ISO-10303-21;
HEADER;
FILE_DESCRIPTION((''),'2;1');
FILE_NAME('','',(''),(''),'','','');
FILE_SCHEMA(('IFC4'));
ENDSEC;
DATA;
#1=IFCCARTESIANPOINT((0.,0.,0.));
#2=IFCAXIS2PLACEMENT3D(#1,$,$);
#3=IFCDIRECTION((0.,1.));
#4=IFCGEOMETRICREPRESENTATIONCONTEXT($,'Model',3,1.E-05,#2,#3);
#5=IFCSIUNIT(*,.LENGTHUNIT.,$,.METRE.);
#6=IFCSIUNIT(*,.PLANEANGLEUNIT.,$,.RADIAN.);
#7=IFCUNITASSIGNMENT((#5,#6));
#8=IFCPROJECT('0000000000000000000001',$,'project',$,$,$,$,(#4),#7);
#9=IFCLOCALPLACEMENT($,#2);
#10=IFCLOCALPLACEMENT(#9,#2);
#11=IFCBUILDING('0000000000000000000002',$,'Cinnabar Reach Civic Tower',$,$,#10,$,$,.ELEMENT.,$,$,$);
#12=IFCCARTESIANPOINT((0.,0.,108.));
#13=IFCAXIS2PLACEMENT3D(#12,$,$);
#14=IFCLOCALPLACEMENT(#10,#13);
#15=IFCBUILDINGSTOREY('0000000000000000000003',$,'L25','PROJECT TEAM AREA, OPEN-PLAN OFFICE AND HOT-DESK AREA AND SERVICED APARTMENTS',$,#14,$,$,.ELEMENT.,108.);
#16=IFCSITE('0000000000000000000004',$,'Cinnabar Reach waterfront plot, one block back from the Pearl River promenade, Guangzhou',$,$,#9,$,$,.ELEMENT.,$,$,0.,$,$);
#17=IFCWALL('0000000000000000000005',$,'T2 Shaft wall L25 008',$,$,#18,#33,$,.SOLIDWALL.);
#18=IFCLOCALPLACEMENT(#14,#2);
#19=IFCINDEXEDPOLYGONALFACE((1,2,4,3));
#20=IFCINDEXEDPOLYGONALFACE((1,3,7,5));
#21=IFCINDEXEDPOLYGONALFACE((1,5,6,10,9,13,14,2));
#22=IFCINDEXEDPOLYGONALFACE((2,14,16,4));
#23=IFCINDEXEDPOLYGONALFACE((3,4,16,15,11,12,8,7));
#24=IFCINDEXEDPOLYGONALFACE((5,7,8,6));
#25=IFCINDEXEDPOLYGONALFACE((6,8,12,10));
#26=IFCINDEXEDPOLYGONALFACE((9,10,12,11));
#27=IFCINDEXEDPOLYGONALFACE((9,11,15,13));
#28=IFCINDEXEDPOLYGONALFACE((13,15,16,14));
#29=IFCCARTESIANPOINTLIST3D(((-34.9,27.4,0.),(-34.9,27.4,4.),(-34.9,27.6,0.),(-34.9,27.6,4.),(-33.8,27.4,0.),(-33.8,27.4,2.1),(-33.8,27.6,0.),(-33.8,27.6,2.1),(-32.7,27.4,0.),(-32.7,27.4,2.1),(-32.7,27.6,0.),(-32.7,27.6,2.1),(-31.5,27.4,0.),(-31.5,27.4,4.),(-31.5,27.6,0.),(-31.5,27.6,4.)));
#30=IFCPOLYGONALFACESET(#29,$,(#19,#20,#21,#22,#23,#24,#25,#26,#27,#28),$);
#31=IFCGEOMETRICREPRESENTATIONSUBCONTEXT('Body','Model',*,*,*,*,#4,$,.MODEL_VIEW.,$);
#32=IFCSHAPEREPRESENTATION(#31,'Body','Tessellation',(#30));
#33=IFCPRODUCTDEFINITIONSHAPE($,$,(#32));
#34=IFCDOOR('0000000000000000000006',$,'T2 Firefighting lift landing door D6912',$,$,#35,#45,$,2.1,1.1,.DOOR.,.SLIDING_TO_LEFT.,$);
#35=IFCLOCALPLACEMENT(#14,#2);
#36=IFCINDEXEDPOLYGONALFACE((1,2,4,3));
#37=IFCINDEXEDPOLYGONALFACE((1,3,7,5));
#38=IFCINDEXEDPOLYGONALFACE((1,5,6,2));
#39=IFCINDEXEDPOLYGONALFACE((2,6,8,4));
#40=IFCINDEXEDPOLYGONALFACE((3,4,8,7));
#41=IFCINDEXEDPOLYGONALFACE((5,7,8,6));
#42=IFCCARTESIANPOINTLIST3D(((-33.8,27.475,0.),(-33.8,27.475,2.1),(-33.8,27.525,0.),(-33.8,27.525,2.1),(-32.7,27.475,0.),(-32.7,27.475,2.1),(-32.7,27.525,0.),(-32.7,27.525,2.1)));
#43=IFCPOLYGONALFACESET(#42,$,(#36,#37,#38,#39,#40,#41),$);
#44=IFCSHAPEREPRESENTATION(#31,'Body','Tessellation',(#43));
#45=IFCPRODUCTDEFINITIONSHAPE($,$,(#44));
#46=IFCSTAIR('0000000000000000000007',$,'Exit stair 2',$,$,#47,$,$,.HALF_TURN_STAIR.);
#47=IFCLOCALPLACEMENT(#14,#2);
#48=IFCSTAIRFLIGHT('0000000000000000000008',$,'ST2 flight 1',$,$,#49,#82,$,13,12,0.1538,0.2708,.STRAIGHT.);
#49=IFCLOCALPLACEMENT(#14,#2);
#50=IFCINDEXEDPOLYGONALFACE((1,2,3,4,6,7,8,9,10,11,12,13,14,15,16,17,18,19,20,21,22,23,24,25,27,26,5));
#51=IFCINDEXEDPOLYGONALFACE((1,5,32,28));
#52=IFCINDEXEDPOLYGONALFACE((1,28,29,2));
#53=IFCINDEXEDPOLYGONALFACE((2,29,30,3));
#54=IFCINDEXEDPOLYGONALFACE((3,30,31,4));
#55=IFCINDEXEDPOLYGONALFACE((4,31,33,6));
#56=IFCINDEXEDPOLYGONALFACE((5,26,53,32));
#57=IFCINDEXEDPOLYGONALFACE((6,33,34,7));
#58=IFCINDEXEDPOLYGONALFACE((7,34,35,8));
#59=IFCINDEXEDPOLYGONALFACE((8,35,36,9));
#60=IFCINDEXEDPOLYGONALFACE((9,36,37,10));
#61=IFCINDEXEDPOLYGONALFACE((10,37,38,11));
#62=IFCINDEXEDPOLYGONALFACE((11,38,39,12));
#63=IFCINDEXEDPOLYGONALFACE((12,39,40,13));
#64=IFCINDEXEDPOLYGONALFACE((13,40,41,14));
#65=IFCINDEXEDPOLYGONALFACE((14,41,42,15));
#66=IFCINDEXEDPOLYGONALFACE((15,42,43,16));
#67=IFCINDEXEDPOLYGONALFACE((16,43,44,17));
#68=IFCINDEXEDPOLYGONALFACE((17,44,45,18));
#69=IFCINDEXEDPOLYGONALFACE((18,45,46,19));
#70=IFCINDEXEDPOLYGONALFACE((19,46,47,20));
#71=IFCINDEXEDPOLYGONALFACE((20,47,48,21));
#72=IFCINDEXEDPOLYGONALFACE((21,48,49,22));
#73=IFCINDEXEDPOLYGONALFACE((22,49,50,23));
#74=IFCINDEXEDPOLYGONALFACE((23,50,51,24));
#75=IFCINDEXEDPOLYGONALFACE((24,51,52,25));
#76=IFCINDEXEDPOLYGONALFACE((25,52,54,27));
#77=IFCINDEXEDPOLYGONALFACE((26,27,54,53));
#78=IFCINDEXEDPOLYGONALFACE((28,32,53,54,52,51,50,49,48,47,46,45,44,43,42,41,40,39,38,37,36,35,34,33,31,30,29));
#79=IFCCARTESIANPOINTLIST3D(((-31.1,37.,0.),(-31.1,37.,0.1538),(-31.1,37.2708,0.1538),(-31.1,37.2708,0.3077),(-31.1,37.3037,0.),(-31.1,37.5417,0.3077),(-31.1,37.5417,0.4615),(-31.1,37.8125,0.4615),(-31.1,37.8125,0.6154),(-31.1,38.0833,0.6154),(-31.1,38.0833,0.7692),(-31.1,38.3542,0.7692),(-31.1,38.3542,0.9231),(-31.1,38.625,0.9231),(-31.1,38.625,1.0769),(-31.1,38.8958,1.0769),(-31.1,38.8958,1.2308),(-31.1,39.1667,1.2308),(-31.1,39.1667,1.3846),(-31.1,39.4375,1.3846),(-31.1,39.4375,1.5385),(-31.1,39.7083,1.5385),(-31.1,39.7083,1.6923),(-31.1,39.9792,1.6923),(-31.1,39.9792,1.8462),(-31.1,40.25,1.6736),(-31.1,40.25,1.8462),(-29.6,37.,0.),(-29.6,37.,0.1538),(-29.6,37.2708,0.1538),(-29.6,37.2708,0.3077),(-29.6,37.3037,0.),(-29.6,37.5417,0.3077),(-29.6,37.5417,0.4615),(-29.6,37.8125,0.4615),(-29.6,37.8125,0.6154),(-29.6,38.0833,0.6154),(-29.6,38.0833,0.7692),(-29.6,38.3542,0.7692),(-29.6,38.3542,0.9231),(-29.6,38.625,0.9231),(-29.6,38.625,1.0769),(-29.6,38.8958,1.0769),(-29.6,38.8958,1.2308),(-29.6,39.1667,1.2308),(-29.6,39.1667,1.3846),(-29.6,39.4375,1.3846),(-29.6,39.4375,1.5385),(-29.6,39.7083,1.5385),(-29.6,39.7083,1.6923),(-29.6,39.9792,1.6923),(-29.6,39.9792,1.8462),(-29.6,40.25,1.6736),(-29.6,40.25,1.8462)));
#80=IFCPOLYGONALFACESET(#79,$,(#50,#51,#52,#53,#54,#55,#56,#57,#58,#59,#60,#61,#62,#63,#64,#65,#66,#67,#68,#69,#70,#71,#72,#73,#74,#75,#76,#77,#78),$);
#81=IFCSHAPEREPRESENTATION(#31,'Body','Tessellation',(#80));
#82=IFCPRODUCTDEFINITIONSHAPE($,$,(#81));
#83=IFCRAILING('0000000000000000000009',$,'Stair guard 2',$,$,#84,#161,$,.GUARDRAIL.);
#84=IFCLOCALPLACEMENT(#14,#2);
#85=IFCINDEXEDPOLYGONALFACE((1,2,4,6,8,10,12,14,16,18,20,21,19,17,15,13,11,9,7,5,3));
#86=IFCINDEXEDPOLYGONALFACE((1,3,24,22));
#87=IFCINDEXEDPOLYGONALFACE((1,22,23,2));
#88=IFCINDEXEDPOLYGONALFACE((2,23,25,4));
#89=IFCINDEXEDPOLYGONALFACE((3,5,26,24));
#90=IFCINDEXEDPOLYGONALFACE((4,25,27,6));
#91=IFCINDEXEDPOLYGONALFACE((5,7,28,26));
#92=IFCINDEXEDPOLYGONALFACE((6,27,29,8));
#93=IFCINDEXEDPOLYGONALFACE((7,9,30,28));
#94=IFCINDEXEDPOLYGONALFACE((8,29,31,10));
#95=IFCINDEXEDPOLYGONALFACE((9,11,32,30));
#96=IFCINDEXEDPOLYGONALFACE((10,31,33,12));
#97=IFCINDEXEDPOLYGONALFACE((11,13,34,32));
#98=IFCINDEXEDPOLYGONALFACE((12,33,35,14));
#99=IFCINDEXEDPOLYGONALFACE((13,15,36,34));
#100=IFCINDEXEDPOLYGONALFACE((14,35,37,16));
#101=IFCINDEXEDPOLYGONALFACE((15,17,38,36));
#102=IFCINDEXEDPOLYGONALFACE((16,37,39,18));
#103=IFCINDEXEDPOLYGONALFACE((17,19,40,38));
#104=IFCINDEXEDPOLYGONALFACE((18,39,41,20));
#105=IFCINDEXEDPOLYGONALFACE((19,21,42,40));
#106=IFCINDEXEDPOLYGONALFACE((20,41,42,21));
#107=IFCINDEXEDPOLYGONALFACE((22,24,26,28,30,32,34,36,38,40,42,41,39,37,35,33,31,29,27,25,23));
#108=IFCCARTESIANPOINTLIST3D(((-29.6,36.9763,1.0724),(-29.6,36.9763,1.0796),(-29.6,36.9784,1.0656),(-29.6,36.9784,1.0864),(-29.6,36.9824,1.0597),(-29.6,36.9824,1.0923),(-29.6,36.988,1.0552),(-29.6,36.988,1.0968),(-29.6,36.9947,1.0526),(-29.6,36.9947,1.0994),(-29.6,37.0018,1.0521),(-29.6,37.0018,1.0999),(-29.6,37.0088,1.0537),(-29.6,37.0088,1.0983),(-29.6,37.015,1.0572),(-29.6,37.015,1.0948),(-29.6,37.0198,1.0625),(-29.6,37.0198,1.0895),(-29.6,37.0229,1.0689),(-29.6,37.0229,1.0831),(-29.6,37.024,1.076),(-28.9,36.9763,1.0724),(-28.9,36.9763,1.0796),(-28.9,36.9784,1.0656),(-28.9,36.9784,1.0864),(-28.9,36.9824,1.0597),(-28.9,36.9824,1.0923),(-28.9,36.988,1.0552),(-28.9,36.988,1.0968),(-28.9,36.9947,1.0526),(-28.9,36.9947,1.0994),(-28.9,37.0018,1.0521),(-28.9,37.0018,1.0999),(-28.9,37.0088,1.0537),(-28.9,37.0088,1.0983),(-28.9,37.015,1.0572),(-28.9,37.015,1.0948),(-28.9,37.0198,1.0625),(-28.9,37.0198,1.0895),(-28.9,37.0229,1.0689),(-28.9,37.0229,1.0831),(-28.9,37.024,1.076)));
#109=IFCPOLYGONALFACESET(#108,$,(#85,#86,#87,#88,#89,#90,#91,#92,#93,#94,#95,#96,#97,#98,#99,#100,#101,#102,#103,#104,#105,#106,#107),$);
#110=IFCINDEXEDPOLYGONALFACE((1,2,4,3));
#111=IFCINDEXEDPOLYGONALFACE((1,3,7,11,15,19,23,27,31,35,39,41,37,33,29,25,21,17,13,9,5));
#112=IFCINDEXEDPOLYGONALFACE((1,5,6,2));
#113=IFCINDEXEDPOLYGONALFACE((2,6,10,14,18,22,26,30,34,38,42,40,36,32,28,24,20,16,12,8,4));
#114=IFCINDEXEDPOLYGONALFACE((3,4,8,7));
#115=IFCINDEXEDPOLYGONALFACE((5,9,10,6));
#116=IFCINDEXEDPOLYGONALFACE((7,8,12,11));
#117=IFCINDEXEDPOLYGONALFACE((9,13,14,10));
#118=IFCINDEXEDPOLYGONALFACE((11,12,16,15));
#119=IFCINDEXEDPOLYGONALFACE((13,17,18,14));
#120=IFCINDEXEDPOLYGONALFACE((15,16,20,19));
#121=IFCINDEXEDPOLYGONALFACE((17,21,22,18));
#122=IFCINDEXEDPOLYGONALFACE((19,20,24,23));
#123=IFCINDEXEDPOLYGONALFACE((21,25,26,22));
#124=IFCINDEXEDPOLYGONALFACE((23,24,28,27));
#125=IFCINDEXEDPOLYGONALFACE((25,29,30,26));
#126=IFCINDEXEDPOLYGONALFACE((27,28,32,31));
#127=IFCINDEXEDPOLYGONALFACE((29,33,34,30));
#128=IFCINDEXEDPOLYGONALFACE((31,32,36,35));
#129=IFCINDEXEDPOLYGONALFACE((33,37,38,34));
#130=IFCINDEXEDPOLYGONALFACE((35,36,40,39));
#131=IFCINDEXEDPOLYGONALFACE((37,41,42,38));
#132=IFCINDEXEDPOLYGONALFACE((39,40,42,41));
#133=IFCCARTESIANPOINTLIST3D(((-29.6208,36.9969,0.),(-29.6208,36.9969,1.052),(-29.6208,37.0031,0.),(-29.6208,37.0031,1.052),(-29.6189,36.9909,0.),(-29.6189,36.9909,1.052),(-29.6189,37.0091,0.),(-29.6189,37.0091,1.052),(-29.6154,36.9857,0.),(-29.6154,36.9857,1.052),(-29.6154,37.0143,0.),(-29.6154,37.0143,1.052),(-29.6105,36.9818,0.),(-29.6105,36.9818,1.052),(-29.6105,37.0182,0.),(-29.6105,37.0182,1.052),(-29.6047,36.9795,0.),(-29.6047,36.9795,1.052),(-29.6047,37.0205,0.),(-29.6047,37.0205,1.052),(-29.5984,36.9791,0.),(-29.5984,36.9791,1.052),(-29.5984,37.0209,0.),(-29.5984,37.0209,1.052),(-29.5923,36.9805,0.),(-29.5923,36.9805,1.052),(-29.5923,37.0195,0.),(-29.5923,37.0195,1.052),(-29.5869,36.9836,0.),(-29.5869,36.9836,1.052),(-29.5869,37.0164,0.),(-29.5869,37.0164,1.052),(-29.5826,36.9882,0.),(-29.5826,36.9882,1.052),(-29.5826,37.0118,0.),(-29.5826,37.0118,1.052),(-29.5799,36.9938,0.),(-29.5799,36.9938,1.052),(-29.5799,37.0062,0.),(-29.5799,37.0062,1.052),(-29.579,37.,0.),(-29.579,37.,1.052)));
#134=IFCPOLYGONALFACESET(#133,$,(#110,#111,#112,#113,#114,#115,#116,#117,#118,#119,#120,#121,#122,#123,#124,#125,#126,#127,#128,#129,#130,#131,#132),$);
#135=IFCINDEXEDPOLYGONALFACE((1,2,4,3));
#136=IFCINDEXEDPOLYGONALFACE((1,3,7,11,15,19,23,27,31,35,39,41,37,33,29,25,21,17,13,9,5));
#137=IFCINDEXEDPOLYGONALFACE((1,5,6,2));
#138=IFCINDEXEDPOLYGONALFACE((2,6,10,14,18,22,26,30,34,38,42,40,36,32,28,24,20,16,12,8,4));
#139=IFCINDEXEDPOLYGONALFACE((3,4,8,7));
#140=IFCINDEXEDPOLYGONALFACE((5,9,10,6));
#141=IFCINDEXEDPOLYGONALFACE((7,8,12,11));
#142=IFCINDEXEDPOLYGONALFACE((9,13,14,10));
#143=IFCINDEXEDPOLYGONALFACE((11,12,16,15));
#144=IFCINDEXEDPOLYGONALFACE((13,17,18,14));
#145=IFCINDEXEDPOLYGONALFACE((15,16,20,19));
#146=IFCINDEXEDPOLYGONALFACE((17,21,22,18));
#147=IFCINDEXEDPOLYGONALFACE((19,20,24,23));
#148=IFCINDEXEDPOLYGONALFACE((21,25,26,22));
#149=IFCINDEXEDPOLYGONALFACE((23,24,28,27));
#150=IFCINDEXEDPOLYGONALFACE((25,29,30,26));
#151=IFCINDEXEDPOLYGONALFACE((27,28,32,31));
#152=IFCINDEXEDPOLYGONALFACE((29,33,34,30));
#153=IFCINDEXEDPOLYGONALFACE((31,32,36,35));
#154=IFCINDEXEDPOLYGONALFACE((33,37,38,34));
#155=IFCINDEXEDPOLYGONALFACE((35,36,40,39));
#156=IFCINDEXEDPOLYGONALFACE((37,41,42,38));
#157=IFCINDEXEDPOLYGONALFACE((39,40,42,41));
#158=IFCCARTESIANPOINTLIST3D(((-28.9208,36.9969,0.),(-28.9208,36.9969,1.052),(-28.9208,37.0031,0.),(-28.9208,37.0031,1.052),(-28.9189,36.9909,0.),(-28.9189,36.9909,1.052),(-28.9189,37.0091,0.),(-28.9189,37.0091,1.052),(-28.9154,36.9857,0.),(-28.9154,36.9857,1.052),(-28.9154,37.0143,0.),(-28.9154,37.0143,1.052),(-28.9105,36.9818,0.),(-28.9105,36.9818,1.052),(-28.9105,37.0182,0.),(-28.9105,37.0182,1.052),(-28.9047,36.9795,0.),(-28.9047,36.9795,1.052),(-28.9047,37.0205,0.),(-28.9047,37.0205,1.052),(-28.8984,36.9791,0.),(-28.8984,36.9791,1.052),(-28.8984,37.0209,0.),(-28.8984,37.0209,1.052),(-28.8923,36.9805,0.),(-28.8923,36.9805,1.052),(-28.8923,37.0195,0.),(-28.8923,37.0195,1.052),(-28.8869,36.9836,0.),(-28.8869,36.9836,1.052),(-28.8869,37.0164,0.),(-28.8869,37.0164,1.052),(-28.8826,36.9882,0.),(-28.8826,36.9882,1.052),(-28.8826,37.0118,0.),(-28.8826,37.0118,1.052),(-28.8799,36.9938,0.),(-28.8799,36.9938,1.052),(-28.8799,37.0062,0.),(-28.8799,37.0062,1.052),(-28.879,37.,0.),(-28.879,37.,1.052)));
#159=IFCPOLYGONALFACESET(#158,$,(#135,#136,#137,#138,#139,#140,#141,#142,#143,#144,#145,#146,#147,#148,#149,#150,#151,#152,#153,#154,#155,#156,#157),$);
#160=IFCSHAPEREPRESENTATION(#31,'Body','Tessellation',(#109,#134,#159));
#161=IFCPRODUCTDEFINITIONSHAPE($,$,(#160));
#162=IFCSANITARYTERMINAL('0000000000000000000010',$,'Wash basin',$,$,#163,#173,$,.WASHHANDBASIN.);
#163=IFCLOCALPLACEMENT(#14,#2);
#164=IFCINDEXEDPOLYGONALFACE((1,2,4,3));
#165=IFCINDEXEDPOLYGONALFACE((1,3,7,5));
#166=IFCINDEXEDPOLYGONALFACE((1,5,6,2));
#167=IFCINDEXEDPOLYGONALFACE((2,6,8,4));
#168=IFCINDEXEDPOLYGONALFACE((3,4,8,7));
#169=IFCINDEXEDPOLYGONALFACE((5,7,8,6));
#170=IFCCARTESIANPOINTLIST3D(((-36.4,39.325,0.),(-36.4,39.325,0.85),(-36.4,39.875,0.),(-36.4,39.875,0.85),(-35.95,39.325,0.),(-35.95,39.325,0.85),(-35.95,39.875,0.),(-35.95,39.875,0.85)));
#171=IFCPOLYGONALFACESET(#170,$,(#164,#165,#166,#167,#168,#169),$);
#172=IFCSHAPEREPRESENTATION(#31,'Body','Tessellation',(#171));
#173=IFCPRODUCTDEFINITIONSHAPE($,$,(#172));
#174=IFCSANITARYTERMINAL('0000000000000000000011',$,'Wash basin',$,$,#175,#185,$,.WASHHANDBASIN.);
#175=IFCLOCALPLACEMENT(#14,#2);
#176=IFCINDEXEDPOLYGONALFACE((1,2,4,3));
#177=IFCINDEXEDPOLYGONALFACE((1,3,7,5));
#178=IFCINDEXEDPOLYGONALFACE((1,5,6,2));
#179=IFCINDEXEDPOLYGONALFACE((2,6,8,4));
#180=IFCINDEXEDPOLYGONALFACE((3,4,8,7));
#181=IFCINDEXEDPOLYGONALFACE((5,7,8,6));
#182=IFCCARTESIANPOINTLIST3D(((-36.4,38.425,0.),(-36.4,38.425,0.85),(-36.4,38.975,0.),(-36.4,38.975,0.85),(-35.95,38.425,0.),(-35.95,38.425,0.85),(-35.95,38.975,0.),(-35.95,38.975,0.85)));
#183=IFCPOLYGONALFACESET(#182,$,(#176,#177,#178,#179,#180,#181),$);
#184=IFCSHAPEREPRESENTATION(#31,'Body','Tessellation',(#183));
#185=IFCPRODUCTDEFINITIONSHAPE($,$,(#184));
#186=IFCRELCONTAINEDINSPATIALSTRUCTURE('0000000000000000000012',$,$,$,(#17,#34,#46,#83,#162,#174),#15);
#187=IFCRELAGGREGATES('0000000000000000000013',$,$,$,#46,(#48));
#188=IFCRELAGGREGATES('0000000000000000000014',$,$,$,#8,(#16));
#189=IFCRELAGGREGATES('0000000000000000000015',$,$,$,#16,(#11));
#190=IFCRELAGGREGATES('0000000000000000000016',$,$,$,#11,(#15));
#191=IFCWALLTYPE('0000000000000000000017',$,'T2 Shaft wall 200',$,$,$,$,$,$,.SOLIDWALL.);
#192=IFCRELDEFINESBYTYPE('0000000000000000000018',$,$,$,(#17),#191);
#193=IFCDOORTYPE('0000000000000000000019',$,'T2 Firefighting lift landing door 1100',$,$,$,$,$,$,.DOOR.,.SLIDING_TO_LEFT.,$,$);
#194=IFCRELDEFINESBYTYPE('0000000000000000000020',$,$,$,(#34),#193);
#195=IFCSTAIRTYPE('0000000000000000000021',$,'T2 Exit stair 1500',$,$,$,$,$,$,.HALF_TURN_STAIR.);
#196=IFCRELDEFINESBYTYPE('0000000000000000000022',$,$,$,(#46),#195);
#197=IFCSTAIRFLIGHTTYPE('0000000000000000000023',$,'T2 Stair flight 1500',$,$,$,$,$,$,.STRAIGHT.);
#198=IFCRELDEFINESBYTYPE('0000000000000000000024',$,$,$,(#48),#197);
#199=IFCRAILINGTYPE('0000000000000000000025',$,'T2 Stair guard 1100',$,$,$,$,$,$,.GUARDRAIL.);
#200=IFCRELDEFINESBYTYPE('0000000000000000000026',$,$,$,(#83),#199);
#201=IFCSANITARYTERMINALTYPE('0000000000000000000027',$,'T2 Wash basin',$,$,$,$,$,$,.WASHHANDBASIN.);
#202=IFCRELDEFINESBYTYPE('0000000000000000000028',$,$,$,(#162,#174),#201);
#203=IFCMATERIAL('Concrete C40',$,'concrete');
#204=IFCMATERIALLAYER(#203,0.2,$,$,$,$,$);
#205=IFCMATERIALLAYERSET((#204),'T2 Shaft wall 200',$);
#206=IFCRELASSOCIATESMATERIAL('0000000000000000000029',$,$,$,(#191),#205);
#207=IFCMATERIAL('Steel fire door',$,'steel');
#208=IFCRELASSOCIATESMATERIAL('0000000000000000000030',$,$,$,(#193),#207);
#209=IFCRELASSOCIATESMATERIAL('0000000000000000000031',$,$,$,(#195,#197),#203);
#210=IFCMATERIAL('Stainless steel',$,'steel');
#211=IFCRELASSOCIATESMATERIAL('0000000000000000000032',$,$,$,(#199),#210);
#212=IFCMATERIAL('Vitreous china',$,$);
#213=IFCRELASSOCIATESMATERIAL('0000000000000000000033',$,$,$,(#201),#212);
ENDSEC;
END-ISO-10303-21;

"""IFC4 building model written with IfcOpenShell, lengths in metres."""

from ifc_helpers import new_model, si_unit, direction, frame, frame_2d, origin, origin_2d, place, context, subcontext, project, spatial, polyline, rectangle, circle, outline, extrude, material, layer, layer_set, type_object, element, fill, aggregate, save


model = new_model("IFC4")

# Units and contexts
model_context = context("Model", 3, precision=1e-05, world=origin(), true_north=direction((0.0, 1.0)))
body_context = subcontext(model_context, "Body", "Model", "MODEL_VIEW")
ifc_project = project(units=[si_unit("LENGTHUNIT", "METRE"), si_unit("PLANEANGLEUNIT", "RADIAN")], contexts=[model_context])

# Site, building, storey
site_placement = place(None, origin())
site = spatial("IfcSite", under=ifc_project, at=site_placement, Name="Cinnabar Reach waterfront plot, one block back from the Pearl River promenade, Guangzhou", CompositionType="ELEMENT", RefElevation=0.0)
building_placement = place(site_placement, origin())
building = spatial("IfcBuilding", under=site, at=building_placement, Name="Cinnabar Reach Civic Tower", CompositionType="ELEMENT")
storey_placement = place(building_placement, frame((0.0, 0.0, 108.0)))
storey = spatial("IfcBuildingStorey", under=building, at=storey_placement, Name="L25", Description="PROJECT TEAM AREA, OPEN-PLAN OFFICE AND HOT-DESK AREA AND SERVICED APARTMENTS", CompositionType="ELEMENT", Elevation=108.0)

# Shared definitions
ifc_material_1 = material(Name="Steel fire door", Category="steel")

# Shared definitions
ifc_material_2 = material(Name="Concrete C40", Category="concrete")
ifc_layer_1 = layer(ifc_material_2, 0.2)
ifc_layer_set_1 = layer_set([ifc_layer_1], Name="T2 Shaft wall 200")
wall_type_1 = type_object("IfcWallType", Name="T2 Shaft wall 200", PredefinedType="SOLIDWALL", material=ifc_layer_set_1)

# Wall, opening, door
wall_1_placement = place(storey_placement, frame((-34.9, 27.5, 0.0), z_axis=(0.0, 0.0, 1.0), x_axis=(1.0, 0.0, 0.0)))
wall_1 = element("IfcWall", 1, at=wall_1_placement, inside=storey, type_object=wall_type_1, Name="T2 Shaft wall L25 008", PredefinedType="SOLIDWALL", context=body_context, shape_type="SweptSolid", body=[
    extrude(rectangle(XDim=3.4, YDim=0.2, at=frame_2d((1.7, 0.0))), origin(), (0.0, 0.0, 1.0), 4.0),
])
opening_1_placement = place(wall_1_placement, frame((1.1, 0.0, 0.0)))
opening_1 = element("IfcOpeningElement", 2, at=opening_1_placement, cuts=wall_1, PredefinedType="OPENING", context=body_context, shape_type="SweptSolid", body=[
    extrude(rectangle(XDim=1.1, YDim=2.1, at=frame_2d((0.55, 1.05))), frame((0.0, 0.11, 0.0), z_axis=(0.0, -1.0, 0.0), x_axis=(1.0, 0.0, 0.0)), (0.0, 0.0, 1.0), 0.22),
])
door_type_1 = type_object("IfcDoorType", Name="T2 Firefighting lift landing door 1100", OperationType="SLIDING_TO_LEFT", PredefinedType="DOOR", material=ifc_material_1)
door_1_placement = place(opening_1_placement, origin())
door_1 = element("IfcDoor", 3, at=door_1_placement, inside=storey, type_object=door_type_1, Name="T2 Firefighting lift landing door D6912", OperationType="SLIDING_TO_LEFT", OverallHeight=2.1, OverallWidth=1.1, PredefinedType="DOOR", context=body_context, shape_type="SweptSolid", body=[
    extrude(rectangle(XDim=1.1, YDim=2.1, at=frame_2d((0.55, 1.05))), frame((0.0, 0.025, 0.0), z_axis=(0.0, -1.0, 0.0), x_axis=(1.0, 0.0, 0.0)), (0.0, 0.0, 1.0), 0.05),
])
fill(opening_1, door_1)

# Stair, stair flight
stair_type = type_object("IfcStairType", Name="T2 Exit stair 1500", PredefinedType="HALF_TURN_STAIR", material=ifc_material_2)
stair_placement = place(storey_placement, origin())
stair = element("IfcStair", 4, at=stair_placement, inside=storey, type_object=stair_type, Name="Exit stair 2", PredefinedType="HALF_TURN_STAIR")
stair_flight_type = type_object("IfcStairFlightType", Name="T2 Stair flight 1500", PredefinedType="STRAIGHT", material=ifc_material_2)
stair_flight_placement = place(storey_placement, frame((-30.35, 37.0, 0.0), z_axis=(0.0, 0.0, 1.0), x_axis=(0.0, 1.0, 0.0)))
stair_flight = element("IfcStairFlight", 5, at=stair_flight_placement, type_object=stair_flight_type, Name="ST2 flight 1", NumberOfRisers=13, NumberOfTreads=12, PredefinedType="STRAIGHT", RiserHeight=0.1538, TreadLength=0.2708, context=body_context, shape_type="SweptSolid", body=[
    extrude(outline(polyline([(0.0, 0.0), (0.0, 0.1538), (0.2708, 0.1538), (0.2708, 0.3077), (0.5417, 0.3077), (0.5417, 0.4615), (0.8125, 0.4615), (0.8125, 0.6154), (1.0833, 0.6154), (1.0833, 0.7692), (1.3542, 0.7692), (1.3542, 0.9231), (1.625, 0.9231), (1.625, 1.0769), (1.8958, 1.0769), (1.8958, 1.2308), (2.1667, 1.2308), (2.1667, 1.3846), (2.4375, 1.3846), (2.4375, 1.5385), (2.7083, 1.5385), (2.7083, 1.6923), (2.9792, 1.6923), (2.9792, 1.8462), (3.25, 1.8462), (3.25, 2.0), (3.25, 1.6736), (0.3037, 0.0), (0.0, 0.0)])), frame((0.0, 0.75, 0.0), z_axis=(0.0, -1.0, 0.0), x_axis=(1.0, 0.0, 0.0)), (0.0, 0.0, 1.0), 1.5),
])
aggregate(stair, [stair_flight])

# Railing
ifc_material_3 = material(Name="Stainless steel", Category="steel")
railing_type = type_object("IfcRailingType", Name="T2 Stair guard 1100", PredefinedType="GUARDRAIL", material=ifc_material_3)
railing_placement = place(storey_placement, frame((-29.6, 37.0, 0.0)))
element("IfcRailing", 6, at=railing_placement, inside=storey, type_object=railing_type, Name="Stair guard 2", PredefinedType="GUARDRAIL", context=body_context, shape_type="SweptSolid", body=[
    extrude(circle(Radius=0.024, at=origin_2d()), frame((0.0, 0.0, 1.076), z_axis=(1.0, 0.0, 0.0), x_axis=(0.0, 1.0, 0.0)), (0.0, 0.0, 1.0), 0.7),
    extrude(circle(Radius=0.021, at=origin_2d()), origin(), (0.0, 0.0, 1.0), 1.052),
    extrude(circle(Radius=0.021, at=origin_2d()), frame((0.7, 0.0, 0.0)), (0.0, 0.0, 1.0), 1.052),
])

# Sanitary terminals
ifc_material_4 = material(Name="Vitreous china")
sanitary_terminal_type = type_object("IfcSanitaryTerminalType", Name="T2 Wash basin", PredefinedType="WASHHANDBASIN", material=ifc_material_4)
for number, where, z_axis, x_axis, name in (
    (7, (-36.175, 39.6, 0.0), (0.0, 0.0, 1.0), (1.0, 0.0, 0.0), "Wash basin"),
    (8, (-36.175, 38.7, 0.0), (0.0, 0.0, 1.0), (1.0, 0.0, 0.0), "Wash basin"),
):
    element("IfcSanitaryTerminal", number, at=place(storey_placement, frame(where, z_axis=z_axis, x_axis=x_axis)), inside=storey, type_object=sanitary_terminal_type, Name=name, PredefinedType="WASHHANDBASIN", context=body_context, shape_type="SweptSolid", body=[
        extrude(rectangle(XDim=0.45, YDim=0.55, at=origin_2d()), origin(), (0.0, 0.0, 1.0), 0.85),
    ])

save(model, "model.ifc")
